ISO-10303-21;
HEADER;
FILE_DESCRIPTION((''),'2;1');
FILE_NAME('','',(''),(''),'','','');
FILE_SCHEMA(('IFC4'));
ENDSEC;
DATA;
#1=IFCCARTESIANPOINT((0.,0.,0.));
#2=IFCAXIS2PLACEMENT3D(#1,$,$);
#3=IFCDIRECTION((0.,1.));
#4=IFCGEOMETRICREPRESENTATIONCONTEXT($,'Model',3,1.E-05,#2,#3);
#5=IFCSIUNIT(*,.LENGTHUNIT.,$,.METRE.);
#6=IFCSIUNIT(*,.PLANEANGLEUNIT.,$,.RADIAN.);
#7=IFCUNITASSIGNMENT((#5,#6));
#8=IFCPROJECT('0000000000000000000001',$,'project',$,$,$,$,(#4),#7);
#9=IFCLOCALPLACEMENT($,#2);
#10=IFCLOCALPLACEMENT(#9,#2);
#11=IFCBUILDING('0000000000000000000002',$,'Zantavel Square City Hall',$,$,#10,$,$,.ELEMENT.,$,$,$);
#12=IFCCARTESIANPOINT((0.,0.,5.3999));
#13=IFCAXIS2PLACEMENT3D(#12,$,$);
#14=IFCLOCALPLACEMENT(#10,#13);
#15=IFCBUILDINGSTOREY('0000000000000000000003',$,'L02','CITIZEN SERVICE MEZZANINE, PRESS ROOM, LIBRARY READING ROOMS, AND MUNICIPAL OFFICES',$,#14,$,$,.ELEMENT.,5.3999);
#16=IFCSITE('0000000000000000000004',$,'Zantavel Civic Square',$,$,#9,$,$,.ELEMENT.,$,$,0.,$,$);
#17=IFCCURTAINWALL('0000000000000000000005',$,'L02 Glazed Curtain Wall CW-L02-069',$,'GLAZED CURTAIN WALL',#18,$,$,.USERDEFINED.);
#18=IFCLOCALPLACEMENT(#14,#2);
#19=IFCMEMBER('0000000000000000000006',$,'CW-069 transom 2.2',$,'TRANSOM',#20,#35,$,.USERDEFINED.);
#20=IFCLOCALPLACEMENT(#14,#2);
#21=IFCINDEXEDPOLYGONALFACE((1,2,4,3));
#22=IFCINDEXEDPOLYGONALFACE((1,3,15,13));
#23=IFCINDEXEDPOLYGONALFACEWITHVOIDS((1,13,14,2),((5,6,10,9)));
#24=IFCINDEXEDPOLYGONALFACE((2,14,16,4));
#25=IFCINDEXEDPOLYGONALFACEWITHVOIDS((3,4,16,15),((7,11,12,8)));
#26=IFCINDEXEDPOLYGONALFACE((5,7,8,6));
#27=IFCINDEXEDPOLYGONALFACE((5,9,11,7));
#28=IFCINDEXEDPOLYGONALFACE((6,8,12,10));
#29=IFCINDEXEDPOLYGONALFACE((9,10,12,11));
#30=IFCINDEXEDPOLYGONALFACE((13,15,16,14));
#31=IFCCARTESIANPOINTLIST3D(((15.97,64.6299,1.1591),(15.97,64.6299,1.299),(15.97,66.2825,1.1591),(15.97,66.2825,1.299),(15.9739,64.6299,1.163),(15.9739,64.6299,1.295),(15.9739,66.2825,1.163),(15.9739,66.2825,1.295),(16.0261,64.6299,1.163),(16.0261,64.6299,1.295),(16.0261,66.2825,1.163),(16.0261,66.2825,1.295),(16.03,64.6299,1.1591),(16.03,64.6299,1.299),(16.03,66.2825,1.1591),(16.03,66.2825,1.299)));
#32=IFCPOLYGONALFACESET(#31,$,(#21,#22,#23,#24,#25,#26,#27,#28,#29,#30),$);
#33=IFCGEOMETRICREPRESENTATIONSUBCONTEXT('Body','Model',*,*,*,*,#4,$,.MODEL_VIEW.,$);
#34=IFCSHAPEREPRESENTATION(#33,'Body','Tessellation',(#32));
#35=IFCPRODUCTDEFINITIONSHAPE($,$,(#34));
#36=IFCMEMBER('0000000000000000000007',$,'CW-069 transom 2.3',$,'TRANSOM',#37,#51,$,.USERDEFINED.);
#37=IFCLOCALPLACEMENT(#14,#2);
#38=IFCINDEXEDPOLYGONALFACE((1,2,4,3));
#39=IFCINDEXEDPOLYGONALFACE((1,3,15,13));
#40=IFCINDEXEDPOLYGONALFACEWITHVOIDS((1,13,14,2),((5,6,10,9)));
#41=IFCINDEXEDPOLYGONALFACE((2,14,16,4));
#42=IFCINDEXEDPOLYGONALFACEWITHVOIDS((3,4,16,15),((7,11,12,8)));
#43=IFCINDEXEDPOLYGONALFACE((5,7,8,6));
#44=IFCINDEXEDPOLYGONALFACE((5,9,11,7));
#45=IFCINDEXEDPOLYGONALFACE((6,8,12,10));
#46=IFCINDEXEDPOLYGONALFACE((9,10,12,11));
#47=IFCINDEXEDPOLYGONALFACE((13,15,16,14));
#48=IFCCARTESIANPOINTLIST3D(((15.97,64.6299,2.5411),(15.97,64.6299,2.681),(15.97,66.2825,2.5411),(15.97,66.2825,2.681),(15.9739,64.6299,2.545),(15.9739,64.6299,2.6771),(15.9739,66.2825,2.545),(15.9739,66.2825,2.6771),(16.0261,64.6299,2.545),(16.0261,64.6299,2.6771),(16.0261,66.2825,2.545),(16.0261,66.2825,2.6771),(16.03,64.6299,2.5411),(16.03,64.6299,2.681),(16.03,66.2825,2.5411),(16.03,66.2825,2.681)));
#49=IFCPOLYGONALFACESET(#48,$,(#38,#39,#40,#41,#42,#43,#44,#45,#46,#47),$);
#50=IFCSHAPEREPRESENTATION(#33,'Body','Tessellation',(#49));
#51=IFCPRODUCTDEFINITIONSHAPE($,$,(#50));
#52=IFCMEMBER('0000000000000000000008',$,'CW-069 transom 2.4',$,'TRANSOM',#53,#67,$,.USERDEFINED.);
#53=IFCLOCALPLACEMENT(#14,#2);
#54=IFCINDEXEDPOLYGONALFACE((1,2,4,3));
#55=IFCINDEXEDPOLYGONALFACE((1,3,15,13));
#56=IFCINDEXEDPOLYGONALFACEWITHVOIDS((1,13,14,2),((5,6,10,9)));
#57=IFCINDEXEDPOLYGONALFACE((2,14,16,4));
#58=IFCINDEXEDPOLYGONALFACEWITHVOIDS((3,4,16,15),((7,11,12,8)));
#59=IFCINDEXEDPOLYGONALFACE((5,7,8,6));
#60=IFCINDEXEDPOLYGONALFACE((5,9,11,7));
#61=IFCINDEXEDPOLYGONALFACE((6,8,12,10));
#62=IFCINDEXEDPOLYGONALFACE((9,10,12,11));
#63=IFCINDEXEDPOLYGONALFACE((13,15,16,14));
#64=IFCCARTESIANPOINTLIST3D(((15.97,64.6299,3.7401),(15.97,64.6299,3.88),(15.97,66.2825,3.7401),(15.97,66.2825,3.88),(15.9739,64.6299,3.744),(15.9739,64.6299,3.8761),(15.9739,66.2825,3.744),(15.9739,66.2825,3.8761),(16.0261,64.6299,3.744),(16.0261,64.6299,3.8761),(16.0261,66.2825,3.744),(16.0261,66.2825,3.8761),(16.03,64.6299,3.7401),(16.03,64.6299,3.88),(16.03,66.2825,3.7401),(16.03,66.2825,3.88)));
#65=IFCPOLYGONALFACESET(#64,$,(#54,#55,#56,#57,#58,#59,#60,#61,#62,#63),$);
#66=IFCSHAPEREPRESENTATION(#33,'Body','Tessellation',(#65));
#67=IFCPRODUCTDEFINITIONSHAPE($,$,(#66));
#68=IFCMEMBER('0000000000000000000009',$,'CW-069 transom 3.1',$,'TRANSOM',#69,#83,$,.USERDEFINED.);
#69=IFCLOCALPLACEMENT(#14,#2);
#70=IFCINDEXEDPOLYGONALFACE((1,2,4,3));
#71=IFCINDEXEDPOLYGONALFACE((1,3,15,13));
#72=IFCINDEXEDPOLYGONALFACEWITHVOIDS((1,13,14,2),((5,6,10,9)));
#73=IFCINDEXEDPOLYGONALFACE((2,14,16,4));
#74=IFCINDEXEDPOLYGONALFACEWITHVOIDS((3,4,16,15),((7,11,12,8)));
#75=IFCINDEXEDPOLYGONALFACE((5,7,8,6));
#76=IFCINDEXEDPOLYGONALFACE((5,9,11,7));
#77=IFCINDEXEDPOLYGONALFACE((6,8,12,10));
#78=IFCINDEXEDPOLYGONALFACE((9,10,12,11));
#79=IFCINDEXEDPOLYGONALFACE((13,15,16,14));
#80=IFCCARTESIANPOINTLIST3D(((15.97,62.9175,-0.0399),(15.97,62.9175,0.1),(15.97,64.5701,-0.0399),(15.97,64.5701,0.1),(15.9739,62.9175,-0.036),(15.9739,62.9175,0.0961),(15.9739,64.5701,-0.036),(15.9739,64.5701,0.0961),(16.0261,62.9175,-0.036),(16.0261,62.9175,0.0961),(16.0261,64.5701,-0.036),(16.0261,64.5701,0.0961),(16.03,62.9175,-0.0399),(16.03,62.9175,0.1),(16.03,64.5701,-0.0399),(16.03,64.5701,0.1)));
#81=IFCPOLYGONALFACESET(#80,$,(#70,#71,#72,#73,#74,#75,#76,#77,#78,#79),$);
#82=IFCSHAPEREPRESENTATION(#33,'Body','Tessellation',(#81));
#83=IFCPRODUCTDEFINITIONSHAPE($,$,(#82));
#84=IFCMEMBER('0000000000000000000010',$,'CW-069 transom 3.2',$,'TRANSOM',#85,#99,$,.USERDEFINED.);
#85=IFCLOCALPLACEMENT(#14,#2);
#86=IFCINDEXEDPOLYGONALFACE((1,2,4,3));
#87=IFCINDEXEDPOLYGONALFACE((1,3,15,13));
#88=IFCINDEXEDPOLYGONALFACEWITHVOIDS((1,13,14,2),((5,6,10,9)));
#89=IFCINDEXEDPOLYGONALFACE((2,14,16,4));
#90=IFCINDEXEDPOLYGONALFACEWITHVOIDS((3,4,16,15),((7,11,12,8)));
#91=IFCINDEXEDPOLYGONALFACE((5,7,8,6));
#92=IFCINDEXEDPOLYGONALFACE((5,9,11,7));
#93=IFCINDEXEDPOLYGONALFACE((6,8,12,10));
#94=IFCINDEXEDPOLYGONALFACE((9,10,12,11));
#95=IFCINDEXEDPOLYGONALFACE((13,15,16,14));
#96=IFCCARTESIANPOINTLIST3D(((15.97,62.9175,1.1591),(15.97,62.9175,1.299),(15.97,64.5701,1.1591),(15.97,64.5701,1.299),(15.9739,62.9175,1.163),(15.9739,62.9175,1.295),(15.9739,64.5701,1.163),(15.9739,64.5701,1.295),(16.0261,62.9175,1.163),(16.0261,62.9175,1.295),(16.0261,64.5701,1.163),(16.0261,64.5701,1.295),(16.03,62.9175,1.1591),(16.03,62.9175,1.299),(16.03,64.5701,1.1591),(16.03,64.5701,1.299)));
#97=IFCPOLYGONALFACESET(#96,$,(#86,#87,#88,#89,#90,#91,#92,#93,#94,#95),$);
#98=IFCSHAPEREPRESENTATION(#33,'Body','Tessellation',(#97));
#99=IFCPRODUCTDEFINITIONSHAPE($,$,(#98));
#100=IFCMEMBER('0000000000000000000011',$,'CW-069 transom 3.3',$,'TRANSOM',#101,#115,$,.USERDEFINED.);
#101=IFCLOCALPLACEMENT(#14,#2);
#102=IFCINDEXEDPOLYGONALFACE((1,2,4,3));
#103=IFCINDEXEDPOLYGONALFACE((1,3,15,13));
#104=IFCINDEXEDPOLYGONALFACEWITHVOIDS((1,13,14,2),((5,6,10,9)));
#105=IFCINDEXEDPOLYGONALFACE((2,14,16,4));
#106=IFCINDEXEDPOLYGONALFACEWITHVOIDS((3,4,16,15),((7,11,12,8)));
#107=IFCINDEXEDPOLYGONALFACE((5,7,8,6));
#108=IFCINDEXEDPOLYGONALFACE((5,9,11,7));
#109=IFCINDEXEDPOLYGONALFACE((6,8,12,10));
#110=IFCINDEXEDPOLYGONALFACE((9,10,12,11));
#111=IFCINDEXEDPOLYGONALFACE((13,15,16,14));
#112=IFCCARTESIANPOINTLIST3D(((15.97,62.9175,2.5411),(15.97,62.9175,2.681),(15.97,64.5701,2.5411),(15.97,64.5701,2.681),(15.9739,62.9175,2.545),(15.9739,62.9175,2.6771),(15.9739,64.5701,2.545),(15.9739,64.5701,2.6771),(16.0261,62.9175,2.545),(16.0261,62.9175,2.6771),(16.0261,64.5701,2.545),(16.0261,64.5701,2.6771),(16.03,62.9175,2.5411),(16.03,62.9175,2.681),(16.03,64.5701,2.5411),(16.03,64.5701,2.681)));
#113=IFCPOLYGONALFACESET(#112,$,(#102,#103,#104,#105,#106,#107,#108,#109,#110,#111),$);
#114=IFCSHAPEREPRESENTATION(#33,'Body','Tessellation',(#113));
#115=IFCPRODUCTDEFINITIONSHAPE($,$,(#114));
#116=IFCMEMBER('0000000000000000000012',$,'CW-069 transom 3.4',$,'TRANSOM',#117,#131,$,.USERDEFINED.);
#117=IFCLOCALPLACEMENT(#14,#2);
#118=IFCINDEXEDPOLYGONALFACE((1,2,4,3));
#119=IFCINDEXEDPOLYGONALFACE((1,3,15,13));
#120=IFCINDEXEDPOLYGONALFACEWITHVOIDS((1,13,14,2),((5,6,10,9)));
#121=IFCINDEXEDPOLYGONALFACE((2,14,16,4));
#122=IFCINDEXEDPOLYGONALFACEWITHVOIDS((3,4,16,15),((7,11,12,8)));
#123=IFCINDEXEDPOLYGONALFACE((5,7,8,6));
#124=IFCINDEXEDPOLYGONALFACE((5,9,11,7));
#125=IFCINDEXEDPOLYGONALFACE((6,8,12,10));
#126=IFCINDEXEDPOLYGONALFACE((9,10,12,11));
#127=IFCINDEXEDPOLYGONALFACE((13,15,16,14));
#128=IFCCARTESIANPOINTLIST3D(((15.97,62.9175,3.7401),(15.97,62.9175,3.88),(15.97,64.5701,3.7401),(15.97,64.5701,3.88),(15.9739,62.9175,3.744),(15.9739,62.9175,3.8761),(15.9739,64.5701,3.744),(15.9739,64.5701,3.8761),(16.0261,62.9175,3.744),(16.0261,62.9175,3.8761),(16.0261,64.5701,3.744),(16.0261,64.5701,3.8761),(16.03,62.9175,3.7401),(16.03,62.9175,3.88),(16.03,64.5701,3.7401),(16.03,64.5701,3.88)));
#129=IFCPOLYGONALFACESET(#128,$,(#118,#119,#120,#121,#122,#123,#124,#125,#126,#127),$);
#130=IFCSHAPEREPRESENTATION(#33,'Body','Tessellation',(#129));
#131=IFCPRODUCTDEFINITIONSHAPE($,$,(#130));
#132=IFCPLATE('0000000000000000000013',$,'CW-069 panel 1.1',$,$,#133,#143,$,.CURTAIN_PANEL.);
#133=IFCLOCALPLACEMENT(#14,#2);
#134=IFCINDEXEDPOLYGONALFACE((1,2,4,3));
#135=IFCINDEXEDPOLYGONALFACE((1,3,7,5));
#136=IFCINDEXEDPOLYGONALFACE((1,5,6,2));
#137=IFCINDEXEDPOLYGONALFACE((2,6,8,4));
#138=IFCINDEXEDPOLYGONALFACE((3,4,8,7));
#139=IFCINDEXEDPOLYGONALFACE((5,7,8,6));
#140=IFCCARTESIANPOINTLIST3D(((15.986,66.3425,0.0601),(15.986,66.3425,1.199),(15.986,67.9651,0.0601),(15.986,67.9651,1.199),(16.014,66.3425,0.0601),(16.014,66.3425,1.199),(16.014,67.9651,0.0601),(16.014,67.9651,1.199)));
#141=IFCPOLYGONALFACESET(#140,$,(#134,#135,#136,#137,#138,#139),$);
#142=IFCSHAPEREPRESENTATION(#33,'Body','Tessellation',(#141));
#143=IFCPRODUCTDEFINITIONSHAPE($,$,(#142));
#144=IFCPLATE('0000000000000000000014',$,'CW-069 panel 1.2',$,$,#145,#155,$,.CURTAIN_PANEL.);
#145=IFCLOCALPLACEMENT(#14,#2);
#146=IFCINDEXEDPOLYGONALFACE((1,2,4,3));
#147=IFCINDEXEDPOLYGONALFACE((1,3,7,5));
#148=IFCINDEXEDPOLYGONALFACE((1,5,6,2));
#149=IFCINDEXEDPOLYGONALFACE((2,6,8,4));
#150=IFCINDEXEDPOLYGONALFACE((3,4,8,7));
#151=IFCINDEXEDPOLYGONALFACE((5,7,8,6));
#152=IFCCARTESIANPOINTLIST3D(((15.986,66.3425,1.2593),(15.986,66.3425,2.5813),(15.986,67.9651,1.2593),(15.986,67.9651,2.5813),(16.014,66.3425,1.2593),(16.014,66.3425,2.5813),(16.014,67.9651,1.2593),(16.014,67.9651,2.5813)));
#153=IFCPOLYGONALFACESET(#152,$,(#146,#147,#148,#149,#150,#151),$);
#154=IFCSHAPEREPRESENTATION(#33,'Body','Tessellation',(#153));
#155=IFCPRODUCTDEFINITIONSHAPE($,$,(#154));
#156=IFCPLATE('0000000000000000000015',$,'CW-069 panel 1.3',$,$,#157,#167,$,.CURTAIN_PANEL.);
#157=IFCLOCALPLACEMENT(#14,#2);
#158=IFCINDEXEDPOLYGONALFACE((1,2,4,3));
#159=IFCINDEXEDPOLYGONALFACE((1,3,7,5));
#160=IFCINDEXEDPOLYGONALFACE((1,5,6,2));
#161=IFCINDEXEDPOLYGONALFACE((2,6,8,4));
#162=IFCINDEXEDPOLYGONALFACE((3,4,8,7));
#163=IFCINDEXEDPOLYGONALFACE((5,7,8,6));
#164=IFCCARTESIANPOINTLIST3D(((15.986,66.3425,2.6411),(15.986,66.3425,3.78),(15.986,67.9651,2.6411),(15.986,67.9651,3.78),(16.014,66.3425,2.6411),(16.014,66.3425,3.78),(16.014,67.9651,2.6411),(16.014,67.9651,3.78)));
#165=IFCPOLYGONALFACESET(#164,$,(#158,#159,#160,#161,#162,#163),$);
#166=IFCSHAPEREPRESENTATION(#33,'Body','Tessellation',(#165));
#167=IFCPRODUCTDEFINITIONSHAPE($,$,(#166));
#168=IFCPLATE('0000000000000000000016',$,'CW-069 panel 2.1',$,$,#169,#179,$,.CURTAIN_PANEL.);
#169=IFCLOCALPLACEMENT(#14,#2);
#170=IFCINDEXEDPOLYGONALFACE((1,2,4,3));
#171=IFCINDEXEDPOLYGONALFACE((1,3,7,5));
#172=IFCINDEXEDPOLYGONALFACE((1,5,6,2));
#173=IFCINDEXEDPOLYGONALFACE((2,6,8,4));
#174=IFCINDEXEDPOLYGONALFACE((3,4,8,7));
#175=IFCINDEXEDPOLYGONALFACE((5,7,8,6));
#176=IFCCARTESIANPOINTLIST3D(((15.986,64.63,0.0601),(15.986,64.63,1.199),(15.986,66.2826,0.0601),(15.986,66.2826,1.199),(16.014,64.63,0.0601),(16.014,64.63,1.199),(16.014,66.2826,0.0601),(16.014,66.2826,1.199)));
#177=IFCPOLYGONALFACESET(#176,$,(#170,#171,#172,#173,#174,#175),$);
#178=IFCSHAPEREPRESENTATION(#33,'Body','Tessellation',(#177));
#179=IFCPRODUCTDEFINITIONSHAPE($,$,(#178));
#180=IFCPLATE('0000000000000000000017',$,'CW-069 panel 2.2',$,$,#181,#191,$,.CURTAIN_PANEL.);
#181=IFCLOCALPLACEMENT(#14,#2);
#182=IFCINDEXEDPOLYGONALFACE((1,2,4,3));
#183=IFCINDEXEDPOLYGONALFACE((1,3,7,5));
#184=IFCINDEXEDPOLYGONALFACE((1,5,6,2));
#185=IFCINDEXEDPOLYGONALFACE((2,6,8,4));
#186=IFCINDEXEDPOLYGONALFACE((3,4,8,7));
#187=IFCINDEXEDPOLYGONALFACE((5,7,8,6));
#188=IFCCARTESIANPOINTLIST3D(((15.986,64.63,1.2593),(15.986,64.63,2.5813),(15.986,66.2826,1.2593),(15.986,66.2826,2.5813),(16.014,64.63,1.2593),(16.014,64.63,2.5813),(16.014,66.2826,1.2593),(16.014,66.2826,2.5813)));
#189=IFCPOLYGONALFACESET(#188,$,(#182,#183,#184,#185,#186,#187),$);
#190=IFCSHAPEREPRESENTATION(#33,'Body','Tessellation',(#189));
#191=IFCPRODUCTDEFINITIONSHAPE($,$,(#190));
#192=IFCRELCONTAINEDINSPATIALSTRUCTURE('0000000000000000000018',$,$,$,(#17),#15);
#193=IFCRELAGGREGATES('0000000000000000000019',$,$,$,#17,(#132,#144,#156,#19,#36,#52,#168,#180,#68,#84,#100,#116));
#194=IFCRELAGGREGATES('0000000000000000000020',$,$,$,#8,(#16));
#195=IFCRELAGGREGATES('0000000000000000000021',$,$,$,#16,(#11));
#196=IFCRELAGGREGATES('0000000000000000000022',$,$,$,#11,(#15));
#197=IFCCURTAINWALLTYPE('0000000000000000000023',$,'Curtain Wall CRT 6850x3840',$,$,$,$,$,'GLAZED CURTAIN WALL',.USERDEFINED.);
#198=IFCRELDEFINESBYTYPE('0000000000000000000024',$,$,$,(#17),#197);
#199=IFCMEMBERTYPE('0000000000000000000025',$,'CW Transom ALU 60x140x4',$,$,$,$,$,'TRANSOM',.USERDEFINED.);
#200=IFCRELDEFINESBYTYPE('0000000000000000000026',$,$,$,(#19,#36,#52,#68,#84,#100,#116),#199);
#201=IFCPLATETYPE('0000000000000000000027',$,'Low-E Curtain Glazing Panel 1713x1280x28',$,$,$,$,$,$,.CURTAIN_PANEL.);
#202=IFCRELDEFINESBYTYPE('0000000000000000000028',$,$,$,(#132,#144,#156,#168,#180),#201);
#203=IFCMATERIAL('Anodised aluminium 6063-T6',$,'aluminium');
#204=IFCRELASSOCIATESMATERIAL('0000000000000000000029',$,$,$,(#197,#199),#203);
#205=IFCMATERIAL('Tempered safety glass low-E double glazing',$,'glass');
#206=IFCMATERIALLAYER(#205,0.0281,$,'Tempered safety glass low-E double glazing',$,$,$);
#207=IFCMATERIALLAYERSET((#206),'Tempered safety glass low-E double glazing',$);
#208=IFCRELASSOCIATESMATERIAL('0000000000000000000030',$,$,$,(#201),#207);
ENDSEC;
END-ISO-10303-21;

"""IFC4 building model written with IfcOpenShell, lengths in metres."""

from ifc_helpers import new_model, si_unit, direction, frame, origin, origin_2d, place, context, subcontext, project, spatial, rectangle, hollow_rectangle, extrude, material, layer, layer_set, material_profile, profile_set, type_object, element, aggregate, save


model = new_model("IFC4")

# Units and contexts
model_context = context("Model", 3, precision=1e-05, world=origin(), true_north=direction((0.0, 1.0)))
body_context = subcontext(model_context, "Body", "Model", "MODEL_VIEW")
ifc_project = project(units=[si_unit("LENGTHUNIT", "METRE"), si_unit("PLANEANGLEUNIT", "RADIAN")], contexts=[model_context])

# Site, building, storey
site_placement = place(None, origin())
site = spatial("IfcSite", under=ifc_project, at=site_placement, Name="Zantavel Civic Square", CompositionType="ELEMENT", RefElevation=0.0)
building_placement = place(site_placement, origin())
building = spatial("IfcBuilding", under=site, at=building_placement, Name="Zantavel Square City Hall", CompositionType="ELEMENT")
storey_placement = place(building_placement, frame((0.0, 0.0, 5.3999)))
storey = spatial("IfcBuildingStorey", under=building, at=storey_placement, Name="L02", Description="CITIZEN SERVICE MEZZANINE, PRESS ROOM, LIBRARY READING ROOMS, AND MUNICIPAL OFFICES", CompositionType="ELEMENT", Elevation=5.3999)

# Curtain wall, members, plates
ifc_material_1 = material(Name="Anodised aluminium 6063-T6", Category="aluminium")
curtain_wall_type = type_object("IfcCurtainWallType", Name="Curtain Wall CRT 6850x3840", ElementType="GLAZED CURTAIN WALL", PredefinedType="USERDEFINED", material=ifc_material_1)
curtain_wall_placement = place(storey_placement, origin())
curtain_wall = element("IfcCurtainWall", 1, at=curtain_wall_placement, inside=storey, type_object=curtain_wall_type, Name="L02 Glazed Curtain Wall CW-L02-069", ObjectType="GLAZED CURTAIN WALL", PredefinedType="USERDEFINED")
ifc_material_profile_1 = material_profile(ifc_material_1, hollow_rectangle(XDim=0.0601, YDim=0.1399, WallThickness=0.0039, at=origin_2d()), Name="ALU 60x140x4")
ifc_profile_set_1 = profile_set([ifc_material_profile_1], Name="Anodised aluminium 6063-T6")
member_type_1 = type_object("IfcMemberType", Name="CW Transom ALU 60x140x4", ElementType="TRANSOM", PredefinedType="USERDEFINED", material=ifc_profile_set_1)
member_1_placement = place(storey_placement, frame((16.0, 66.2825, 1.229), z_axis=(0.0, -1.0, 0.0), x_axis=(1.0, 0.0, 0.0)))
member_1 = element("IfcMember", 2, at=member_1_placement, type_object=member_type_1, Name="CW-069 transom 2.2", ObjectType="TRANSOM", PredefinedType="USERDEFINED", context=body_context, shape_type="SweptSolid", body=[
    extrude(hollow_rectangle(XDim=0.0601, YDim=0.1399, WallThickness=0.0039, at=origin_2d()), origin(), (0.0, 0.0, 1.0), 1.6526),
])
member_2_placement = place(storey_placement, frame((16.0, 66.2825, 2.6111), z_axis=(0.0, -1.0, 0.0), x_axis=(1.0, 0.0, 0.0)))
member_2 = element("IfcMember", 3, at=member_2_placement, type_object=member_type_1, Name="CW-069 transom 2.3", ObjectType="TRANSOM", PredefinedType="USERDEFINED", context=body_context, shape_type="SweptSolid", body=[
    extrude(hollow_rectangle(XDim=0.0601, YDim=0.1399, WallThickness=0.0039, at=origin_2d()), origin(), (0.0, 0.0, 1.0), 1.6526),
])
member_3_placement = place(storey_placement, frame((16.0, 66.2825, 3.8101), z_axis=(0.0, -1.0, 0.0), x_axis=(1.0, 0.0, 0.0)))
member_3 = element("IfcMember", 4, at=member_3_placement, type_object=member_type_1, Name="CW-069 transom 2.4", ObjectType="TRANSOM", PredefinedType="USERDEFINED", context=body_context, shape_type="SweptSolid", body=[
    extrude(hollow_rectangle(XDim=0.0601, YDim=0.1399, WallThickness=0.0039, at=origin_2d()), origin(), (0.0, 0.0, 1.0), 1.6526),
])
member_4_placement = place(storey_placement, frame((16.0, 64.5701, 0.03), z_axis=(0.0, -1.0, 0.0), x_axis=(1.0, 0.0, 0.0)))
member_4 = element("IfcMember", 5, at=member_4_placement, type_object=member_type_1, Name="CW-069 transom 3.1", ObjectType="TRANSOM", PredefinedType="USERDEFINED", context=body_context, shape_type="SweptSolid", body=[
    extrude(hollow_rectangle(XDim=0.0601, YDim=0.1399, WallThickness=0.0039, at=origin_2d()), origin(), (0.0, 0.0, 1.0), 1.6526),
])
member_5_placement = place(storey_placement, frame((16.0, 64.5701, 1.229), z_axis=(0.0, -1.0, 0.0), x_axis=(1.0, 0.0, 0.0)))
member_5 = element("IfcMember", 6, at=member_5_placement, type_object=member_type_1, Name="CW-069 transom 3.2", ObjectType="TRANSOM", PredefinedType="USERDEFINED", context=body_context, shape_type="SweptSolid", body=[
    extrude(hollow_rectangle(XDim=0.0601, YDim=0.1399, WallThickness=0.0039, at=origin_2d()), origin(), (0.0, 0.0, 1.0), 1.6526),
])
member_6_placement = place(storey_placement, frame((16.0, 64.5701, 2.6111), z_axis=(0.0, -1.0, 0.0), x_axis=(1.0, 0.0, 0.0)))
member_6 = element("IfcMember", 7, at=member_6_placement, type_object=member_type_1, Name="CW-069 transom 3.3", ObjectType="TRANSOM", PredefinedType="USERDEFINED", context=body_context, shape_type="SweptSolid", body=[
    extrude(hollow_rectangle(XDim=0.0601, YDim=0.1399, WallThickness=0.0039, at=origin_2d()), origin(), (0.0, 0.0, 1.0), 1.6526),
])
member_7_placement = place(storey_placement, frame((16.0, 64.5701, 3.8101), z_axis=(0.0, -1.0, 0.0), x_axis=(1.0, 0.0, 0.0)))
member_7 = element("IfcMember", 8, at=member_7_placement, type_object=member_type_1, Name="CW-069 transom 3.4", ObjectType="TRANSOM", PredefinedType="USERDEFINED", context=body_context, shape_type="SweptSolid", body=[
    extrude(hollow_rectangle(XDim=0.0601, YDim=0.1399, WallThickness=0.0039, at=origin_2d()), origin(), (0.0, 0.0, 1.0), 1.6526),
])
ifc_material_2 = material(Name="Tempered safety glass low-E double glazing", Category="glass")
ifc_layer = layer(ifc_material_2, 0.0281, Name="Tempered safety glass low-E double glazing")
ifc_layer_set = layer_set([ifc_layer], Name="Tempered safety glass low-E double glazing")
plate_type = type_object("IfcPlateType", Name="Low-E Curtain Glazing Panel 1713x1280x28", PredefinedType="CURTAIN_PANEL", material=ifc_layer_set)
plate_1_placement = place(storey_placement, frame((16.0, 67.1538, 0.0601), z_axis=(0.0, 0.0, 1.0), x_axis=(0.0, -1.0, 0.0)))
plate_1 = element("IfcPlate", 9, at=plate_1_placement, type_object=plate_type, Name="CW-069 panel 1.1", PredefinedType="CURTAIN_PANEL", context=body_context, shape_type="SweptSolid", body=[
    extrude(rectangle(XDim=1.6226, YDim=0.0281, at=origin_2d()), origin(), (0.0, 0.0, 1.0), 1.1389),
])
plate_2_placement = place(storey_placement, frame((16.0, 67.1538, 1.2593), z_axis=(0.0, 0.0, 1.0), x_axis=(0.0, -1.0, 0.0)))
plate_2 = element("IfcPlate", 10, at=plate_2_placement, type_object=plate_type, Name="CW-069 panel 1.2", PredefinedType="CURTAIN_PANEL", context=body_context, shape_type="SweptSolid", body=[
    extrude(rectangle(XDim=1.6226, YDim=0.0281, at=origin_2d()), origin(), (0.0, 0.0, 1.0), 1.322),
])
plate_3_placement = place(storey_placement, frame((16.0, 67.1538, 2.6411), z_axis=(0.0, 0.0, 1.0), x_axis=(0.0, -1.0, 0.0)))
plate_3 = element("IfcPlate", 11, at=plate_3_placement, type_object=plate_type, Name="CW-069 panel 1.3", PredefinedType="CURTAIN_PANEL", context=body_context, shape_type="SweptSolid", body=[
    extrude(rectangle(XDim=1.6226, YDim=0.0281, at=origin_2d()), origin(), (0.0, 0.0, 1.0), 1.1389),
])
plate_4_placement = place(storey_placement, frame((16.0, 65.4563, 0.0601), z_axis=(0.0, 0.0, 1.0), x_axis=(0.0, -1.0, 0.0)))
plate_4 = element("IfcPlate", 12, at=plate_4_placement, type_object=plate_type, Name="CW-069 panel 2.1", PredefinedType="CURTAIN_PANEL", context=body_context, shape_type="SweptSolid", body=[
    extrude(rectangle(XDim=1.6526, YDim=0.0281, at=origin_2d()), origin(), (0.0, 0.0, 1.0), 1.1389),
])
plate_5_placement = place(storey_placement, frame((16.0, 65.4563, 1.2593), z_axis=(0.0, 0.0, 1.0), x_axis=(0.0, -1.0, 0.0)))
plate_5 = element("IfcPlate", 13, at=plate_5_placement, type_object=plate_type, Name="CW-069 panel 2.2", PredefinedType="CURTAIN_PANEL", context=body_context, shape_type="SweptSolid", body=[
    extrude(rectangle(XDim=1.6526, YDim=0.0281, at=origin_2d()), origin(), (0.0, 0.0, 1.0), 1.322),
])
aggregate(curtain_wall, [plate_1, plate_2, plate_3, member_1, member_2, member_3, plate_4, plate_5, member_4, member_5, member_6, member_7])

save(model, "model.ifc")
